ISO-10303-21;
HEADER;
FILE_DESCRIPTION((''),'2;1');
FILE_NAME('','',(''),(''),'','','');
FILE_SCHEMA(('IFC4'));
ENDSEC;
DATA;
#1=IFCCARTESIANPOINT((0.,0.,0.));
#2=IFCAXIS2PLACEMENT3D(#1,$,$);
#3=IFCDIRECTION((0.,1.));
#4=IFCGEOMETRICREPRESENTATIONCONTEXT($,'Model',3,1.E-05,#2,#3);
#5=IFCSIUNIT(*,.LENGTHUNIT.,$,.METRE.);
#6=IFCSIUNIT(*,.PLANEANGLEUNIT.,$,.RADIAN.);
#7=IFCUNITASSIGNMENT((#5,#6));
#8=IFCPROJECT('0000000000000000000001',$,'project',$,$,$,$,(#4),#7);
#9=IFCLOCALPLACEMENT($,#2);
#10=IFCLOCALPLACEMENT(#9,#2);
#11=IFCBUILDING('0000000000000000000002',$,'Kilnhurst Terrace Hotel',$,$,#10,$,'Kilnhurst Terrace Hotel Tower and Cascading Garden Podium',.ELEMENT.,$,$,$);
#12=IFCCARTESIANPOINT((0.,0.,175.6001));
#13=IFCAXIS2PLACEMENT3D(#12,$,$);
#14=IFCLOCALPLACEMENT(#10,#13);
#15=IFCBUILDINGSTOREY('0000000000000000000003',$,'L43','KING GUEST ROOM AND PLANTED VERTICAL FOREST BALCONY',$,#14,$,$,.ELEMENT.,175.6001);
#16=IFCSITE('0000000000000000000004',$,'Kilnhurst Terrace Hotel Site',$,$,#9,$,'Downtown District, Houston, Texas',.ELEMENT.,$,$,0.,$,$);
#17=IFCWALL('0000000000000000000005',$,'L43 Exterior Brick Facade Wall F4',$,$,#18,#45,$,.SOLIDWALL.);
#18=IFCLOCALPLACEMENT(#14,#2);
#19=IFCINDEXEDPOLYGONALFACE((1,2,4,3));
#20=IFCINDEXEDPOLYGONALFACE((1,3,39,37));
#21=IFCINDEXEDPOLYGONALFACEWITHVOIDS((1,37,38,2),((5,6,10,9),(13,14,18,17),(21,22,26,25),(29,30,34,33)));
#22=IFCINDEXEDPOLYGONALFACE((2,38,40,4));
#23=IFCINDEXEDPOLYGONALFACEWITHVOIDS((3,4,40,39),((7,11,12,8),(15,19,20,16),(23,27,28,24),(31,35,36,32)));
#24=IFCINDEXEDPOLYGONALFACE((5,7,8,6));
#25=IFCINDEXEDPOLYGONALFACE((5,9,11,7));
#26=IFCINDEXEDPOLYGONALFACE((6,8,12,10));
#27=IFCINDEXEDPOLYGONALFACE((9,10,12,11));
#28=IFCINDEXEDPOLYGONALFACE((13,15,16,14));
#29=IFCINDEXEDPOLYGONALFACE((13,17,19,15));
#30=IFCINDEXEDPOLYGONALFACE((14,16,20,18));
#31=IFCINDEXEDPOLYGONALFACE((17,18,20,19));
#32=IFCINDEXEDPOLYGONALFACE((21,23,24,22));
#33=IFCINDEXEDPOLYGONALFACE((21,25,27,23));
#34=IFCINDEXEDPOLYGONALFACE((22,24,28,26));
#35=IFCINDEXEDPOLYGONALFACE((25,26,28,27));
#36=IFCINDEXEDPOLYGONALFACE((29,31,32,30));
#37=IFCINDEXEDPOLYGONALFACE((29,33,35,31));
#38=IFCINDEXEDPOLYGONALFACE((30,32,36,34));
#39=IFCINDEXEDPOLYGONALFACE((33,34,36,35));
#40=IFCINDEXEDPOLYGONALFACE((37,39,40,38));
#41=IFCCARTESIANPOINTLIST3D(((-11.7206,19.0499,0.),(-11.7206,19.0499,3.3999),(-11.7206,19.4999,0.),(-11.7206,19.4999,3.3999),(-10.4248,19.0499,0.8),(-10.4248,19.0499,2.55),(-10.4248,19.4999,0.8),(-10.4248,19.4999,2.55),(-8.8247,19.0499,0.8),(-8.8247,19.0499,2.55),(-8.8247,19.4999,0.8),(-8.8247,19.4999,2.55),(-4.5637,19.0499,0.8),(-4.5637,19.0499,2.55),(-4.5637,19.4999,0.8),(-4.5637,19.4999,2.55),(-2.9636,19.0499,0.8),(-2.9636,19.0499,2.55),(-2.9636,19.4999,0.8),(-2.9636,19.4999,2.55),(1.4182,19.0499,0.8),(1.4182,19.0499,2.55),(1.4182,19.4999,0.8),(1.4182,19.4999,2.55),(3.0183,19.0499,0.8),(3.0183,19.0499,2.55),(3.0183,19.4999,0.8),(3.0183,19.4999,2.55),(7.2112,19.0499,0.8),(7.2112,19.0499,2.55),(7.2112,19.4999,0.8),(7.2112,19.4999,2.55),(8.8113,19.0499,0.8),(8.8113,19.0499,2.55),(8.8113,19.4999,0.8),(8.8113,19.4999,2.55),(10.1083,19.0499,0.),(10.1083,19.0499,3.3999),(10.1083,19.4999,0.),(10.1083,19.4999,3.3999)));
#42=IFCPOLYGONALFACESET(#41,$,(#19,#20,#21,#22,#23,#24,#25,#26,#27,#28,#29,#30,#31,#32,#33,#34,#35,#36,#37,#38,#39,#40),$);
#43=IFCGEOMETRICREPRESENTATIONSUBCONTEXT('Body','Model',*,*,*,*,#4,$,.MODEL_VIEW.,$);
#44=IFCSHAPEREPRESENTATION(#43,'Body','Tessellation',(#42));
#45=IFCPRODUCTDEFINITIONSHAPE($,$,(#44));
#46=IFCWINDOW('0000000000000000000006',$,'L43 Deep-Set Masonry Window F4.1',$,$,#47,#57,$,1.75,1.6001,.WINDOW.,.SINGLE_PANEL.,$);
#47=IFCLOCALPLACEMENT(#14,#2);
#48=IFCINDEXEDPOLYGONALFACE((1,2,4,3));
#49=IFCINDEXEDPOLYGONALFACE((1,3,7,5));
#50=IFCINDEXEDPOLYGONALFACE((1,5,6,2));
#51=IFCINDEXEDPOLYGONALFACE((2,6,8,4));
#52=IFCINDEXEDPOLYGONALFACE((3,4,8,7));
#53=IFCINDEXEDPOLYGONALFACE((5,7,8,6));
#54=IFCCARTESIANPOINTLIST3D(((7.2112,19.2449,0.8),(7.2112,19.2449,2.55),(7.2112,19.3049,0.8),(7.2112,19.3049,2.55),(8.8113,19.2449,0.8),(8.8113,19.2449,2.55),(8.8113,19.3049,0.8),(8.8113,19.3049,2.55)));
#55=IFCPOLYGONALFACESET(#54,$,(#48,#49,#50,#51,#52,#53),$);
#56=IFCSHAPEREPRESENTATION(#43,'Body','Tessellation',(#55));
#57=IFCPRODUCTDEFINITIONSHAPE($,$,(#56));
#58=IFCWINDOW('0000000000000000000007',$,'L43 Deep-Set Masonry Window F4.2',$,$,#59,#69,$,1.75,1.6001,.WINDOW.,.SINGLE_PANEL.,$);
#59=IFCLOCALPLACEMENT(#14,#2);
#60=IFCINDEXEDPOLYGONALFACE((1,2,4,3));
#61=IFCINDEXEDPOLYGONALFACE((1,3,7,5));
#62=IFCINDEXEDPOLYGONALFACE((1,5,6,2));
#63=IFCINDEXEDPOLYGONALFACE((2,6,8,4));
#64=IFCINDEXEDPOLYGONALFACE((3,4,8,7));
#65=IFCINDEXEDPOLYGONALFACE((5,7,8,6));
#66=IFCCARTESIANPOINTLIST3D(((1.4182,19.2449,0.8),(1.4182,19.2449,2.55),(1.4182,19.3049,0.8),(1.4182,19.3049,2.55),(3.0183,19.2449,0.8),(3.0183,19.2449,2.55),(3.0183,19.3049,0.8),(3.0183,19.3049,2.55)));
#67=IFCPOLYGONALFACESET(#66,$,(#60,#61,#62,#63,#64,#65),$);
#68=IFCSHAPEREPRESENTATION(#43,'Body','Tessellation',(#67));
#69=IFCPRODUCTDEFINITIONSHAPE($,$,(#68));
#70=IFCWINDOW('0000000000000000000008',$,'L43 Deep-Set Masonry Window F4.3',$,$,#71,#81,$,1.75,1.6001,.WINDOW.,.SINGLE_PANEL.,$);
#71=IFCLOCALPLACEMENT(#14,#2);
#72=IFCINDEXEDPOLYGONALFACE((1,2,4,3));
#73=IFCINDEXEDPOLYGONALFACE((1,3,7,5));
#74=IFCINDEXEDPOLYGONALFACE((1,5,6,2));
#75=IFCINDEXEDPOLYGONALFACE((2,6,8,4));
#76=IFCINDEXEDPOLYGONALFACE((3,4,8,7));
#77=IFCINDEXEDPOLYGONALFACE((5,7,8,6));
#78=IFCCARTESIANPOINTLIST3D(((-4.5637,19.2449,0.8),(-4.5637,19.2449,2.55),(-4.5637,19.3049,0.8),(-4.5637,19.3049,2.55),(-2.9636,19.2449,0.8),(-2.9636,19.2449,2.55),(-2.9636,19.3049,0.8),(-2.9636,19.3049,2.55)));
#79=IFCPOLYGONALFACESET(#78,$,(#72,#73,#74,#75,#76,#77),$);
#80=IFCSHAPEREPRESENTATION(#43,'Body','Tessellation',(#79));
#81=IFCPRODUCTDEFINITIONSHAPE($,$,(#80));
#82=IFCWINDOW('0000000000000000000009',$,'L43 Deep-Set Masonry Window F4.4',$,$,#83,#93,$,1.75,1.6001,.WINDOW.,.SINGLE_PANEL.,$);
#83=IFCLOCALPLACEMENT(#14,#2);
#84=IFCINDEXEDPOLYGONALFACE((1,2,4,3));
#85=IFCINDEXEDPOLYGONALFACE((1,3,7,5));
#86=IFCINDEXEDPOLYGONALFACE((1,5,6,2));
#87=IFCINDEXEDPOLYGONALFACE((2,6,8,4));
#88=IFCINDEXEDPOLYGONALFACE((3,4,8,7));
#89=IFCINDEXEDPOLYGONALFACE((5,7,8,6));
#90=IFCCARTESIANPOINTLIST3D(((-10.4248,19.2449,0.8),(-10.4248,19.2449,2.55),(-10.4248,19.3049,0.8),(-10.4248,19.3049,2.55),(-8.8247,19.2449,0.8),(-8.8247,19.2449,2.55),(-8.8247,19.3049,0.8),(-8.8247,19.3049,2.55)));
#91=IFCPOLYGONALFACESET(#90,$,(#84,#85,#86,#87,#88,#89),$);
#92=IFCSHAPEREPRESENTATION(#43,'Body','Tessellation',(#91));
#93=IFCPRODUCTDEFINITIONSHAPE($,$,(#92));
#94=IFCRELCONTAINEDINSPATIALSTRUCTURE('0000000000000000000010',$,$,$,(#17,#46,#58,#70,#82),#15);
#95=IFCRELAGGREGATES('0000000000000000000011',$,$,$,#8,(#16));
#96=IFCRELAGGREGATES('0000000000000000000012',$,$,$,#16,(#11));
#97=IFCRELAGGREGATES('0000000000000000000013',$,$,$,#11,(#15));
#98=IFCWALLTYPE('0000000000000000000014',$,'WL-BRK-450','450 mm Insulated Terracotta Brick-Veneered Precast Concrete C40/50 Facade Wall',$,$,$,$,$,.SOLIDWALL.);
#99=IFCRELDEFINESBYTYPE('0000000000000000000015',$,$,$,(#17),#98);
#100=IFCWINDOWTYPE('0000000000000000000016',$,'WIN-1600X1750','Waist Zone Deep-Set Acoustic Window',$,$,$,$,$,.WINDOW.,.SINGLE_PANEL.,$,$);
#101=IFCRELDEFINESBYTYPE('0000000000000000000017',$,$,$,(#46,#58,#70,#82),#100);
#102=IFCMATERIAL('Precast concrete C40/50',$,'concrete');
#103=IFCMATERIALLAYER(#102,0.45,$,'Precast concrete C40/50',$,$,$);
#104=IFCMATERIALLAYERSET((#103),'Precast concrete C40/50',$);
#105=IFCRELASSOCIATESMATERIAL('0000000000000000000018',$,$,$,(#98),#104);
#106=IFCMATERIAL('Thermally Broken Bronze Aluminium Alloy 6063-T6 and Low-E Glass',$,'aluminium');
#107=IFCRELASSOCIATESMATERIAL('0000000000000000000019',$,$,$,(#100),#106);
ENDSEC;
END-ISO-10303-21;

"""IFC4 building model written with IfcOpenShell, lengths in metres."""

from ifc_helpers import new_model, si_unit, direction, frame, frame_2d, origin, place, context, subcontext, project, spatial, rectangle, extrude, material, layer, layer_set, type_object, element, fill, save


model = new_model("IFC4")

# Units and contexts
model_context = context("Model", 3, precision=1e-05, world=origin(), true_north=direction((0.0, 1.0)))
body_context = subcontext(model_context, "Body", "Model", "MODEL_VIEW")
ifc_project = project(units=[si_unit("LENGTHUNIT", "METRE"), si_unit("PLANEANGLEUNIT", "RADIAN")], contexts=[model_context])

# Site, building, storey
site_placement = place(None, origin())
site = spatial("IfcSite", under=ifc_project, at=site_placement, Name="Kilnhurst Terrace Hotel Site", LongName="Downtown District, Houston, Texas", CompositionType="ELEMENT", RefElevation=0.0)
building_placement = place(site_placement, origin())
building = spatial("IfcBuilding", under=site, at=building_placement, Name="Kilnhurst Terrace Hotel", LongName="Kilnhurst Terrace Hotel Tower and Cascading Garden Podium", CompositionType="ELEMENT")
storey_placement = place(building_placement, frame((0.0, 0.0, 175.6001)))
storey = spatial("IfcBuildingStorey", under=building, at=storey_placement, Name="L43", Description="KING GUEST ROOM AND PLANTED VERTICAL FOREST BALCONY", CompositionType="ELEMENT", Elevation=175.6001)

# Shared definitions
ifc_material_1 = material(Name="Precast concrete C40/50", Category="concrete")
ifc_layer_1 = layer(ifc_material_1, 0.45, Name="Precast concrete C40/50")
ifc_layer_set_1 = layer_set([ifc_layer_1], Name="Precast concrete C40/50")
wall_type_1 = type_object("IfcWallType", Name="WL-BRK-450", Description="450 mm Insulated Terracotta Brick-Veneered Precast Concrete C40/50 Facade Wall", PredefinedType="SOLIDWALL", material=ifc_layer_set_1)

# Wall, openings, windows
wall_1_placement = place(storey_placement, frame((10.1084, 19.2749, 0.0), z_axis=(0.0, 0.0, 1.0), x_axis=(-1.0, 0.0, 0.0)))
wall_1 = element("IfcWall", 1, at=wall_1_placement, inside=storey, type_object=wall_type_1, Name="L43 Exterior Brick Facade Wall F4", PredefinedType="SOLIDWALL", context=body_context, shape_type="SweptSolid", body=[
    extrude(rectangle(XDim=21.8289, YDim=0.45, at=frame_2d((10.9146, 0.0))), origin(), (0.0, 0.0, 1.0), 3.3999),
])
opening_1_placement = place(wall_1_placement, frame((1.2971, 0.0, 0.8)))
opening_1 = element("IfcOpeningElement", 2, at=opening_1_placement, cuts=wall_1, PredefinedType="OPENING", context=body_context, shape_type="SweptSolid", body=[
    extrude(rectangle(XDim=1.6001, YDim=1.75, at=frame_2d((0.8, 0.875))), frame((0.0, 0.2349, 0.0), z_axis=(0.0, -1.0, 0.0), x_axis=(1.0, 0.0, 0.0)), (0.0, 0.0, 1.0), 0.47),
])
opening_2_placement = place(wall_1_placement, frame((7.0901, 0.0, 0.8)))
opening_2 = element("IfcOpeningElement", 3, at=opening_2_placement, cuts=wall_1, PredefinedType="OPENING", context=body_context, shape_type="SweptSolid", body=[
    extrude(rectangle(XDim=1.6001, YDim=1.75, at=frame_2d((0.8, 0.875))), frame((0.0, 0.2349, 0.0), z_axis=(0.0, -1.0, 0.0), x_axis=(1.0, 0.0, 0.0)), (0.0, 0.0, 1.0), 0.47),
])
opening_3_placement = place(wall_1_placement, frame((13.072, 0.0, 0.8)))
opening_3 = element("IfcOpeningElement", 4, at=opening_3_placement, cuts=wall_1, PredefinedType="OPENING", context=body_context, shape_type="SweptSolid", body=[
    extrude(rectangle(XDim=1.6001, YDim=1.75, at=frame_2d((0.8, 0.875))), frame((0.0, 0.2349, 0.0), z_axis=(0.0, -1.0, 0.0), x_axis=(1.0, 0.0, 0.0)), (0.0, 0.0, 1.0), 0.47),
])
opening_4_placement = place(wall_1_placement, frame((18.9331, 0.0, 0.8)))
opening_4 = element("IfcOpeningElement", 5, at=opening_4_placement, cuts=wall_1, PredefinedType="OPENING", context=body_context, shape_type="SweptSolid", body=[
    extrude(rectangle(XDim=1.6001, YDim=1.75, at=frame_2d((0.8, 0.875))), frame((0.0, 0.2349, 0.0), z_axis=(0.0, -1.0, 0.0), x_axis=(1.0, 0.0, 0.0)), (0.0, 0.0, 1.0), 0.47),
])
ifc_material_2 = material(Name="Thermally Broken Bronze Aluminium Alloy 6063-T6 and Low-E Glass", Category="aluminium")
window_type = type_object("IfcWindowType", Name="WIN-1600X1750", Description="Waist Zone Deep-Set Acoustic Window", PartitioningType="SINGLE_PANEL", PredefinedType="WINDOW", material=ifc_material_2)
window_1_placement = place(opening_1_placement, origin())
window_1 = element("IfcWindow", 6, at=window_1_placement, inside=storey, type_object=window_type, Name="L43 Deep-Set Masonry Window F4.1", OverallHeight=1.75, OverallWidth=1.6001, PartitioningType="SINGLE_PANEL", PredefinedType="WINDOW", context=body_context, shape_type="SweptSolid", body=[
    extrude(rectangle(XDim=1.6001, YDim=1.75, at=frame_2d((0.8, 0.875))), frame((0.0, 0.03, 0.0), z_axis=(0.0, -1.0, 0.0), x_axis=(1.0, 0.0, 0.0)), (0.0, 0.0, 1.0), 0.0601),
])
fill(opening_1, window_1)
window_2_placement = place(opening_2_placement, origin())
window_2 = element("IfcWindow", 7, at=window_2_placement, inside=storey, type_object=window_type, Name="L43 Deep-Set Masonry Window F4.2", OverallHeight=1.75, OverallWidth=1.6001, PartitioningType="SINGLE_PANEL", PredefinedType="WINDOW", context=body_context, shape_type="SweptSolid", body=[
    extrude(rectangle(XDim=1.6001, YDim=1.75, at=frame_2d((0.8, 0.875))), frame((0.0, 0.03, 0.0), z_axis=(0.0, -1.0, 0.0), x_axis=(1.0, 0.0, 0.0)), (0.0, 0.0, 1.0), 0.0601),
])
fill(opening_2, window_2)
window_3_placement = place(opening_3_placement, origin())
window_3 = element("IfcWindow", 8, at=window_3_placement, inside=storey, type_object=window_type, Name="L43 Deep-Set Masonry Window F4.3", OverallHeight=1.75, OverallWidth=1.6001, PartitioningType="SINGLE_PANEL", PredefinedType="WINDOW", context=body_context, shape_type="SweptSolid", body=[
    extrude(rectangle(XDim=1.6001, YDim=1.75, at=frame_2d((0.8, 0.875))), frame((0.0, 0.03, 0.0), z_axis=(0.0, -1.0, 0.0), x_axis=(1.0, 0.0, 0.0)), (0.0, 0.0, 1.0), 0.0601),
])
fill(opening_3, window_3)
window_4_placement = place(opening_4_placement, origin())
window_4 = element("IfcWindow", 9, at=window_4_placement, inside=storey, type_object=window_type, Name="L43 Deep-Set Masonry Window F4.4", OverallHeight=1.75, OverallWidth=1.6001, PartitioningType="SINGLE_PANEL", PredefinedType="WINDOW", context=body_context, shape_type="SweptSolid", body=[
    extrude(rectangle(XDim=1.6001, YDim=1.75, at=frame_2d((0.8, 0.875))), frame((0.0, 0.03, 0.0), z_axis=(0.0, -1.0, 0.0), x_axis=(1.0, 0.0, 0.0)), (0.0, 0.0, 1.0), 0.0601),
])
fill(opening_4, window_4)

save(model, "model.ifc")
